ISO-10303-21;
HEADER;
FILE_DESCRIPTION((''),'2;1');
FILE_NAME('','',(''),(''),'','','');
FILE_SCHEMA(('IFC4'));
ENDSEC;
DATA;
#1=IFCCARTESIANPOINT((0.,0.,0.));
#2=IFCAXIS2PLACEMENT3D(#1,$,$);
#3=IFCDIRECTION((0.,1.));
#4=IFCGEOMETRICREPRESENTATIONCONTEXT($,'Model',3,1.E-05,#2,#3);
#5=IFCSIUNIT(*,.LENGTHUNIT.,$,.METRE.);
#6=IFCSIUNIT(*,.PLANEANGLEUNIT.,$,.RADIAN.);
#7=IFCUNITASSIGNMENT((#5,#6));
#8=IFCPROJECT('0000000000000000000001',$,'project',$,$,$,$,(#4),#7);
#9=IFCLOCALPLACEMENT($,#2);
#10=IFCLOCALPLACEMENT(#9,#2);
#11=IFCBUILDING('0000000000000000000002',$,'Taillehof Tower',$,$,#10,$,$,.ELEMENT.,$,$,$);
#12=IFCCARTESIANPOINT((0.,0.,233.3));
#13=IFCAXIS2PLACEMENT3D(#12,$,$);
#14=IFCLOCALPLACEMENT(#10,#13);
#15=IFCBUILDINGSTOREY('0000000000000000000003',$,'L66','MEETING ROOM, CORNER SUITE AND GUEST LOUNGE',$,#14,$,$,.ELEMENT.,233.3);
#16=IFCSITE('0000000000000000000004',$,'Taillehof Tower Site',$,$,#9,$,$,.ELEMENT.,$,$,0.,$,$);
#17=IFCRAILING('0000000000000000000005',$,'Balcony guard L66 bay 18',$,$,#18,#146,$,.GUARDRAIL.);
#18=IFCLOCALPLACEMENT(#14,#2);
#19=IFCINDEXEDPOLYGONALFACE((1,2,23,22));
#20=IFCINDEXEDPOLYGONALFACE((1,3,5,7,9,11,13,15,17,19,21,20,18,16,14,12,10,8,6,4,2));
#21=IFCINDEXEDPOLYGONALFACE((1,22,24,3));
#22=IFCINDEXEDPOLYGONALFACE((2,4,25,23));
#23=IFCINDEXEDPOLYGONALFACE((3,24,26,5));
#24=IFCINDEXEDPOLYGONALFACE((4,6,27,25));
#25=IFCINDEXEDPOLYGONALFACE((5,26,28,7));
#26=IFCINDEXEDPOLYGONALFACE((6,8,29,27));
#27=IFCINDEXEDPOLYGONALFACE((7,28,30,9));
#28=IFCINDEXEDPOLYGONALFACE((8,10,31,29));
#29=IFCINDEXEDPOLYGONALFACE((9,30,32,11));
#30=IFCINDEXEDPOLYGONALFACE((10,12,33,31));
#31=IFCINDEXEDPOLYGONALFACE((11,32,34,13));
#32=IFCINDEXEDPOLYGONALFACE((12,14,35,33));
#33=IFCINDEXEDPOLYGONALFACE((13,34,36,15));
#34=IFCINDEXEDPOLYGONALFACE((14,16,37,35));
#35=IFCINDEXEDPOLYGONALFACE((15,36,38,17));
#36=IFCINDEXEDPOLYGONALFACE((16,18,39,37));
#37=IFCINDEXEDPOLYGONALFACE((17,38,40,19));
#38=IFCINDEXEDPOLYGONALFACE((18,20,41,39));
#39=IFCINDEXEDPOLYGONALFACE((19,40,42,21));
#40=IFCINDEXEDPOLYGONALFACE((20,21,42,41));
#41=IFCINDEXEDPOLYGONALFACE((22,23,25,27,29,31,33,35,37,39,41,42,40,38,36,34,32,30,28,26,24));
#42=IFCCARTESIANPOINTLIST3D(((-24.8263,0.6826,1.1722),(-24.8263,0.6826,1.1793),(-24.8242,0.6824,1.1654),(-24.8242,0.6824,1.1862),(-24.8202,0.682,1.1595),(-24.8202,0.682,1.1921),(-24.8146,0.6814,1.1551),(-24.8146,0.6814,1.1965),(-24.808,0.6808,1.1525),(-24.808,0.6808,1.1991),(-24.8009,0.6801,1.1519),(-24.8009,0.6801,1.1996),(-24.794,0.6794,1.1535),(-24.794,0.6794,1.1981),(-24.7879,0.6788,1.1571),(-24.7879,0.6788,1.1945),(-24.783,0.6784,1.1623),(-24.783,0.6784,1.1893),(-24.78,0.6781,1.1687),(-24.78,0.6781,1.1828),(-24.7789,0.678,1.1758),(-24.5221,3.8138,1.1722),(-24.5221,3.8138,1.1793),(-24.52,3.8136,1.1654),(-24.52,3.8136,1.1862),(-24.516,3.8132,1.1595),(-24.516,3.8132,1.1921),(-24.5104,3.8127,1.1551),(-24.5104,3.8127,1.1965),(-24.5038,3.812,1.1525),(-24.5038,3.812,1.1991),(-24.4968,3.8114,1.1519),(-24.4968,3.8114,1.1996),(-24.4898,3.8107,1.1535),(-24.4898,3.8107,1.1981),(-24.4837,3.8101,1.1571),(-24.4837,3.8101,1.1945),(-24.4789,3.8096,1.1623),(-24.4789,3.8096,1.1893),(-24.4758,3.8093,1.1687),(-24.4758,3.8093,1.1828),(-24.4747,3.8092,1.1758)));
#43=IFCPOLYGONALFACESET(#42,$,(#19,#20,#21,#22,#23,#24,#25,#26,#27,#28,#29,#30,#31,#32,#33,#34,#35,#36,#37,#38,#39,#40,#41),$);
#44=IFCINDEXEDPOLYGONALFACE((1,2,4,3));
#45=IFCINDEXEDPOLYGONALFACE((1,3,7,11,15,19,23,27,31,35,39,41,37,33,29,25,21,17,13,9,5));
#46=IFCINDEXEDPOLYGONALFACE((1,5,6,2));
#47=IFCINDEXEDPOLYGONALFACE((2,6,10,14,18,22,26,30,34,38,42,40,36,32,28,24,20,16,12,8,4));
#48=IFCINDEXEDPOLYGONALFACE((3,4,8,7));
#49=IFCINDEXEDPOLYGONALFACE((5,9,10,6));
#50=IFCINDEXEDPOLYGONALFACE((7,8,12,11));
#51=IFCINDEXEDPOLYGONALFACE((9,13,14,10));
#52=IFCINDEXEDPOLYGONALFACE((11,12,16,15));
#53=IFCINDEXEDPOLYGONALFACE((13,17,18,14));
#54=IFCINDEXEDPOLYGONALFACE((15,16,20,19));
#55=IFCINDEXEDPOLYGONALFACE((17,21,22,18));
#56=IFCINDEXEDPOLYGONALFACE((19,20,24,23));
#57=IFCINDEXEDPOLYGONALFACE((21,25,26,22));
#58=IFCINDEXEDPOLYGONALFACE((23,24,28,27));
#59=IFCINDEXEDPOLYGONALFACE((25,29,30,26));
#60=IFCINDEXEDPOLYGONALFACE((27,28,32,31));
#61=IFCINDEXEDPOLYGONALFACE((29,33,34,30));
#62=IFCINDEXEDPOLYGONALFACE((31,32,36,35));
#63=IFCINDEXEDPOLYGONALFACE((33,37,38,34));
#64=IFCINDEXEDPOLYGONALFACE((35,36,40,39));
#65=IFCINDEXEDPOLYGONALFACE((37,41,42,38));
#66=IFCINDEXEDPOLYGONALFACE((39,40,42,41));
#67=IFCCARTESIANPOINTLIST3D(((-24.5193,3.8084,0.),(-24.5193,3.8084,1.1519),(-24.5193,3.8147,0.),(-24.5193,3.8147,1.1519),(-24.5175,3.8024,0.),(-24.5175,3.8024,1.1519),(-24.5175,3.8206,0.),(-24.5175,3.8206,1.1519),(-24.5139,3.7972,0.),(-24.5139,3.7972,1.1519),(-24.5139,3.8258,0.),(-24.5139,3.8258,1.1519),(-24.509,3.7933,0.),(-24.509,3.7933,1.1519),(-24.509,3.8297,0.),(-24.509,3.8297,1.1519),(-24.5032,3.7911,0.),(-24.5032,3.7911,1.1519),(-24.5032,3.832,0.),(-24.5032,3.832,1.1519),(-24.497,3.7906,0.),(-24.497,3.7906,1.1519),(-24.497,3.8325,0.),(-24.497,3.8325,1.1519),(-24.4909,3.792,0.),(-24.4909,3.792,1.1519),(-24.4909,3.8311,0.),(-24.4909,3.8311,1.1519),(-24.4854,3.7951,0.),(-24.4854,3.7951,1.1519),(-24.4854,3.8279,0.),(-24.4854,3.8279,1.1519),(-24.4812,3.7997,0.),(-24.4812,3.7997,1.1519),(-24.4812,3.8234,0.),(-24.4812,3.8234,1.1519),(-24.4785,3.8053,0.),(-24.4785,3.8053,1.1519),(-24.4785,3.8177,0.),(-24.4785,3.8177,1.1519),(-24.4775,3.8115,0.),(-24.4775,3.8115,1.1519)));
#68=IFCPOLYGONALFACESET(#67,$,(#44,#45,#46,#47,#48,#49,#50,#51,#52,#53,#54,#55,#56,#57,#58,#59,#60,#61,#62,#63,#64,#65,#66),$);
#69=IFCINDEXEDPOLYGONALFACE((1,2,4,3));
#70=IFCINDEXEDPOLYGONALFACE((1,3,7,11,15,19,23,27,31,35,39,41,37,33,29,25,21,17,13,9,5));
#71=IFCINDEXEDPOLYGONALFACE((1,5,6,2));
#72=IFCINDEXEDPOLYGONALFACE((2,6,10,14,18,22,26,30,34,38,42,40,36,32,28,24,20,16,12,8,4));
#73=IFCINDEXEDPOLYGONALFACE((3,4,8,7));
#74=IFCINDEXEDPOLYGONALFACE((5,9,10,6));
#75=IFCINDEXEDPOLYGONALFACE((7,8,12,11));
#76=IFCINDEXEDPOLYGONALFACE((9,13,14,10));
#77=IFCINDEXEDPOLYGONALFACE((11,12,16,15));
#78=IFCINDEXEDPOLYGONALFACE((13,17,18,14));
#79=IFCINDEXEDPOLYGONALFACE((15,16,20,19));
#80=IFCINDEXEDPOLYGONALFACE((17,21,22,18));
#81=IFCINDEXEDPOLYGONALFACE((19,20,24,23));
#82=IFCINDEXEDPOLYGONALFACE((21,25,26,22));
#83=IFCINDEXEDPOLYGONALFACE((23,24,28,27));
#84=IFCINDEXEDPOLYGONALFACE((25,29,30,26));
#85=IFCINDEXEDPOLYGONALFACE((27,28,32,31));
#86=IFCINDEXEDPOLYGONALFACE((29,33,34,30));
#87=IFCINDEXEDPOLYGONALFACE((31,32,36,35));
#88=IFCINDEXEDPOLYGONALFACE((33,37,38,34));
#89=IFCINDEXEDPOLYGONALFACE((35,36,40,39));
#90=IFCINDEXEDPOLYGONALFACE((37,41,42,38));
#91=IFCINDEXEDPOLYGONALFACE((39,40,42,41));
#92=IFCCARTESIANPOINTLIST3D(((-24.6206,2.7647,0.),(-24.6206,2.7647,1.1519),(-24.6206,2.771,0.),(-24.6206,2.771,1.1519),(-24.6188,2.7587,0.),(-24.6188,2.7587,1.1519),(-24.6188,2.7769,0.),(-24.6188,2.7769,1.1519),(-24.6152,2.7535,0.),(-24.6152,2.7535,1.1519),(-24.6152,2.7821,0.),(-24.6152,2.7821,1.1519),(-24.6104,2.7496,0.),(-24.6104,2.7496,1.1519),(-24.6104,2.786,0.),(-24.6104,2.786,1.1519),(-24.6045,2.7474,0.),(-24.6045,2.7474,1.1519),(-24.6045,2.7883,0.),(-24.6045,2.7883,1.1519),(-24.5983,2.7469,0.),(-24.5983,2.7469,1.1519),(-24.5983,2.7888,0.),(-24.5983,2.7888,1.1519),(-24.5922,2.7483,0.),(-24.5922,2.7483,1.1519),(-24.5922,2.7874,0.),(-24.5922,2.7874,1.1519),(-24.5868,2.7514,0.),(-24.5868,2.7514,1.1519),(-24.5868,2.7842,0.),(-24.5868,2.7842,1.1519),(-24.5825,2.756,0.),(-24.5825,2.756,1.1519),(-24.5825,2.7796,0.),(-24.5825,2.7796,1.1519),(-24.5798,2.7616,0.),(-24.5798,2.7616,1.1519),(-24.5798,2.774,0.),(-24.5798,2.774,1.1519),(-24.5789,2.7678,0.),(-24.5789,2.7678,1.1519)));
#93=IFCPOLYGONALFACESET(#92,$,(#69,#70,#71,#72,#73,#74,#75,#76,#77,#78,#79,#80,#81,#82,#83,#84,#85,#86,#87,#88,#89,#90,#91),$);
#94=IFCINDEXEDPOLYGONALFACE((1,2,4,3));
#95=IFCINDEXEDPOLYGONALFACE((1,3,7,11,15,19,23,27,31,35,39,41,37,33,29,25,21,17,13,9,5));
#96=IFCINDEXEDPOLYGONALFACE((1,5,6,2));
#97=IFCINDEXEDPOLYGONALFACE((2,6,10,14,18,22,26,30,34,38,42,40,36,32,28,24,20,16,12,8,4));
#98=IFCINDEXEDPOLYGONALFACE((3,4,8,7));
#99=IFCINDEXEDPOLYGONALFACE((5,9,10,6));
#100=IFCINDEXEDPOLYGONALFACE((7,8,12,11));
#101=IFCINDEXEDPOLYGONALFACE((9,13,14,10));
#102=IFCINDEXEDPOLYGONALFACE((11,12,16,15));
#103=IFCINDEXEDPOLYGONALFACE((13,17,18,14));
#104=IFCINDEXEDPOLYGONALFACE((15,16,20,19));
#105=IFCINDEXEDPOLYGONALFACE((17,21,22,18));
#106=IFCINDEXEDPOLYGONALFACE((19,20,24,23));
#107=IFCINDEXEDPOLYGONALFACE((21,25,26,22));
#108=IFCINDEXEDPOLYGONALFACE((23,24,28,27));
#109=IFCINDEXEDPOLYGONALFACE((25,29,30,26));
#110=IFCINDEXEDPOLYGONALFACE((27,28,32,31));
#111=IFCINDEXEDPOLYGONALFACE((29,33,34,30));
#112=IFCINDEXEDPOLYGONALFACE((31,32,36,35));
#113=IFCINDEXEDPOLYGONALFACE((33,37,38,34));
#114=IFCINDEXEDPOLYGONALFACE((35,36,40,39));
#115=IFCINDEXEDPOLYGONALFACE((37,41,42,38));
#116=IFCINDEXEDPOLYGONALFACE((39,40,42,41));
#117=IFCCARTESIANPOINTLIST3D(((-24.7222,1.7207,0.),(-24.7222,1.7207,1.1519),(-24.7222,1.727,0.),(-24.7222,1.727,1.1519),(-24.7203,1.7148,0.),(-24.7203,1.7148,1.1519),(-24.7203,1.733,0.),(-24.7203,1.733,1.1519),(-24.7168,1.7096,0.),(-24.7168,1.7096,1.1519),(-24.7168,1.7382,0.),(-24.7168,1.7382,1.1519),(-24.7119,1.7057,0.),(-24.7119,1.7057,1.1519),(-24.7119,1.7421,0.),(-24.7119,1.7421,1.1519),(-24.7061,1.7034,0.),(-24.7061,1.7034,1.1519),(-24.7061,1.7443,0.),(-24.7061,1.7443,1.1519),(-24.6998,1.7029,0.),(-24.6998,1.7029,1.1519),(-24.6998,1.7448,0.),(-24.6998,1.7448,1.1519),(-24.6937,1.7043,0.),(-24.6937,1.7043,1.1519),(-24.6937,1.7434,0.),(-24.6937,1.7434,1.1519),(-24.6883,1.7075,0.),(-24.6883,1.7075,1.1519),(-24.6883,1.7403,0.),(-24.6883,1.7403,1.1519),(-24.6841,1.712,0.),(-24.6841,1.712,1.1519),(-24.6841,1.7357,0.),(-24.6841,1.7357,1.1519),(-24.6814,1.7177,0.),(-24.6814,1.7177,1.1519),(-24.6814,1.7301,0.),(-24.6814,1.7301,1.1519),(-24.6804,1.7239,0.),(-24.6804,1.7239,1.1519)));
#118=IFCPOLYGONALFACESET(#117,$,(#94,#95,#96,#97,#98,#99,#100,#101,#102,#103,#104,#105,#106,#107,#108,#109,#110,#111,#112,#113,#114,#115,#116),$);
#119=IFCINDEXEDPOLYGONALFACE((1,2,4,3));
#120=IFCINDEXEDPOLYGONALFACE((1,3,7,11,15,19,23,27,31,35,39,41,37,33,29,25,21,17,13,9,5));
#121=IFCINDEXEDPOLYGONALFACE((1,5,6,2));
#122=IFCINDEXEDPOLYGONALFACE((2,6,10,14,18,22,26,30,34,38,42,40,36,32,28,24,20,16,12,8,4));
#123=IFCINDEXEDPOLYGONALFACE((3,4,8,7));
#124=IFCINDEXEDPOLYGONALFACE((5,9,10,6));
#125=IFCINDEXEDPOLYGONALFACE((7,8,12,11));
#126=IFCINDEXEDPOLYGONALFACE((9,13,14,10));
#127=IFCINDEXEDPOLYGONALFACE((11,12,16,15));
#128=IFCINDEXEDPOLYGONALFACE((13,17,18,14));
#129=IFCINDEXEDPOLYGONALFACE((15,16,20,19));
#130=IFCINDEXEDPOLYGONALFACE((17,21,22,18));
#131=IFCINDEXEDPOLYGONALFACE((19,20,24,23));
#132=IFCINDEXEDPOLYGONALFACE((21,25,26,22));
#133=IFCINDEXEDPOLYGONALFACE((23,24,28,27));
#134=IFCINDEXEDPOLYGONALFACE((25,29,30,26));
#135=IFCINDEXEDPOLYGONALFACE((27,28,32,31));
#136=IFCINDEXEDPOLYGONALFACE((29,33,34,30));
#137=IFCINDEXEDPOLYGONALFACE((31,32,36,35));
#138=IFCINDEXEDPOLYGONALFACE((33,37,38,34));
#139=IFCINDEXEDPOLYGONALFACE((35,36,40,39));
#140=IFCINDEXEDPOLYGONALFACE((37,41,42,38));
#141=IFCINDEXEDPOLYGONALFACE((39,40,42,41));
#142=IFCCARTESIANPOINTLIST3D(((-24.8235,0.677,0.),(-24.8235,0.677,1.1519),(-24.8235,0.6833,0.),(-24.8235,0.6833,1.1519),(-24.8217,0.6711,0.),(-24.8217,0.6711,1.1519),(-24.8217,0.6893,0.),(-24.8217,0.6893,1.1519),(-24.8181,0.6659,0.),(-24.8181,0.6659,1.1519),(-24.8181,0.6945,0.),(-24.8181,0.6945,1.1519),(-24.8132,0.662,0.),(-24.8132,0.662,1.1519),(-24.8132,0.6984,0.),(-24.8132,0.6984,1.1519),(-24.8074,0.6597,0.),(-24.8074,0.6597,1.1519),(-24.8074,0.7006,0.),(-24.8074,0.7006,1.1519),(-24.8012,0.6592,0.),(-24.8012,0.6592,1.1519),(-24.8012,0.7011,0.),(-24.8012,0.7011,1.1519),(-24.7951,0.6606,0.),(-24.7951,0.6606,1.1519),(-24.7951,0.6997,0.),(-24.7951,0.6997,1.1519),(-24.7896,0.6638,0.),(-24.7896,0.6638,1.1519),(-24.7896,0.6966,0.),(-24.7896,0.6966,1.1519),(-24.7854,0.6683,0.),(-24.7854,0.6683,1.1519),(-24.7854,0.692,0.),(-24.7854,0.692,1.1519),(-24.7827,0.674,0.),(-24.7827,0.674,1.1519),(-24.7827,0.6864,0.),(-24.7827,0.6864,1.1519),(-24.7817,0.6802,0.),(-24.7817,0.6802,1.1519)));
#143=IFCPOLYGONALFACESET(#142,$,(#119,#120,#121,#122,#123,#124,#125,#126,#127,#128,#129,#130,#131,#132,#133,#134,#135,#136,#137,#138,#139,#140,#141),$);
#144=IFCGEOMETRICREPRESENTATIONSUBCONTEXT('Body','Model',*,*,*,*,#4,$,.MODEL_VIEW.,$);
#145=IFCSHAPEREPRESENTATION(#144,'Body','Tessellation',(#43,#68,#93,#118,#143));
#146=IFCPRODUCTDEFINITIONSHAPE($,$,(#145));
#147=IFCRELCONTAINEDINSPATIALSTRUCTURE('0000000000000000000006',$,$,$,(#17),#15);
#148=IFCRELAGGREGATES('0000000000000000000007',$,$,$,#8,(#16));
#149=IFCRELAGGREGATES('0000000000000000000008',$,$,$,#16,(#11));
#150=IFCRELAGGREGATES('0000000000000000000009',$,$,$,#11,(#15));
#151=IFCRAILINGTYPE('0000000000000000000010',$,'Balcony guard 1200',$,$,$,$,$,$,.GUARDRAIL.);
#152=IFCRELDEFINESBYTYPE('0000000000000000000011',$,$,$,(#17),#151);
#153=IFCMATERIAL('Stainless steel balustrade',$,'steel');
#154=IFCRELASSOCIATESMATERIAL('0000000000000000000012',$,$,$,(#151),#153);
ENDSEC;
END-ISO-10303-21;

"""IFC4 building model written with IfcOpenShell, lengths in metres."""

from ifc_helpers import new_model, si_unit, direction, frame, origin, origin_2d, place, context, subcontext, project, spatial, circle, extrude, material, type_object, element, save


model = new_model("IFC4")

# Units and contexts
model_context = context("Model", 3, precision=1e-05, world=origin(), true_north=direction((0.0, 1.0)))
body_context = subcontext(model_context, "Body", "Model", "MODEL_VIEW")
ifc_project = project(units=[si_unit("LENGTHUNIT", "METRE"), si_unit("PLANEANGLEUNIT", "RADIAN")], contexts=[model_context])

# Site, building, storey
site_placement = place(None, origin())
site = spatial("IfcSite", under=ifc_project, at=site_placement, Name="Taillehof Tower Site", CompositionType="ELEMENT", RefElevation=0.0)
building_placement = place(site_placement, origin())
building = spatial("IfcBuilding", under=site, at=building_placement, Name="Taillehof Tower", CompositionType="ELEMENT")
storey_placement = place(building_placement, frame((0.0, 0.0, 233.3)))
storey = spatial("IfcBuildingStorey", under=building, at=storey_placement, Name="L66", Description="MEETING ROOM, CORNER SUITE AND GUEST LOUNGE", CompositionType="ELEMENT", Elevation=233.3)

# Railing
ifc_material_1 = material(Name="Stainless steel balustrade", Category="steel")
railing_type = type_object("IfcRailingType", Name="Balcony guard 1200", PredefinedType="GUARDRAIL", material=ifc_material_1)
railing_placement = place(storey_placement, frame((-24.4985, 3.8115, 0.0)))
element("IfcRailing", 1, at=railing_placement, inside=storey, type_object=railing_type, Name="Balcony guard L66 bay 18", PredefinedType="GUARDRAIL", context=body_context, shape_type="SweptSolid", body=[
    extrude(circle(Radius=0.0239, at=origin_2d()), frame((0.0, 0.0, 1.1758), z_axis=(-0.096691, -0.995314, 0.0), x_axis=(0.995314, -0.096691, 0.0)), (0.0, 0.0, 1.0), 3.146),
    extrude(circle(Radius=0.021, at=origin_2d()), origin(), (0.0, 0.0, 1.0), 1.1519),
    extrude(circle(Radius=0.021, at=origin_2d()), frame((-0.1013, -1.0437, 0.0)), (0.0, 0.0, 1.0), 1.1519),
    extrude(circle(Radius=0.021, at=origin_2d()), frame((-0.2029, -2.0876, 0.0)), (0.0, 0.0, 1.0), 1.1519),
    extrude(circle(Radius=0.021, at=origin_2d()), frame((-0.3042, -3.1313, 0.0)), (0.0, 0.0, 1.0), 1.1519),
])

save(model, "model.ifc")
